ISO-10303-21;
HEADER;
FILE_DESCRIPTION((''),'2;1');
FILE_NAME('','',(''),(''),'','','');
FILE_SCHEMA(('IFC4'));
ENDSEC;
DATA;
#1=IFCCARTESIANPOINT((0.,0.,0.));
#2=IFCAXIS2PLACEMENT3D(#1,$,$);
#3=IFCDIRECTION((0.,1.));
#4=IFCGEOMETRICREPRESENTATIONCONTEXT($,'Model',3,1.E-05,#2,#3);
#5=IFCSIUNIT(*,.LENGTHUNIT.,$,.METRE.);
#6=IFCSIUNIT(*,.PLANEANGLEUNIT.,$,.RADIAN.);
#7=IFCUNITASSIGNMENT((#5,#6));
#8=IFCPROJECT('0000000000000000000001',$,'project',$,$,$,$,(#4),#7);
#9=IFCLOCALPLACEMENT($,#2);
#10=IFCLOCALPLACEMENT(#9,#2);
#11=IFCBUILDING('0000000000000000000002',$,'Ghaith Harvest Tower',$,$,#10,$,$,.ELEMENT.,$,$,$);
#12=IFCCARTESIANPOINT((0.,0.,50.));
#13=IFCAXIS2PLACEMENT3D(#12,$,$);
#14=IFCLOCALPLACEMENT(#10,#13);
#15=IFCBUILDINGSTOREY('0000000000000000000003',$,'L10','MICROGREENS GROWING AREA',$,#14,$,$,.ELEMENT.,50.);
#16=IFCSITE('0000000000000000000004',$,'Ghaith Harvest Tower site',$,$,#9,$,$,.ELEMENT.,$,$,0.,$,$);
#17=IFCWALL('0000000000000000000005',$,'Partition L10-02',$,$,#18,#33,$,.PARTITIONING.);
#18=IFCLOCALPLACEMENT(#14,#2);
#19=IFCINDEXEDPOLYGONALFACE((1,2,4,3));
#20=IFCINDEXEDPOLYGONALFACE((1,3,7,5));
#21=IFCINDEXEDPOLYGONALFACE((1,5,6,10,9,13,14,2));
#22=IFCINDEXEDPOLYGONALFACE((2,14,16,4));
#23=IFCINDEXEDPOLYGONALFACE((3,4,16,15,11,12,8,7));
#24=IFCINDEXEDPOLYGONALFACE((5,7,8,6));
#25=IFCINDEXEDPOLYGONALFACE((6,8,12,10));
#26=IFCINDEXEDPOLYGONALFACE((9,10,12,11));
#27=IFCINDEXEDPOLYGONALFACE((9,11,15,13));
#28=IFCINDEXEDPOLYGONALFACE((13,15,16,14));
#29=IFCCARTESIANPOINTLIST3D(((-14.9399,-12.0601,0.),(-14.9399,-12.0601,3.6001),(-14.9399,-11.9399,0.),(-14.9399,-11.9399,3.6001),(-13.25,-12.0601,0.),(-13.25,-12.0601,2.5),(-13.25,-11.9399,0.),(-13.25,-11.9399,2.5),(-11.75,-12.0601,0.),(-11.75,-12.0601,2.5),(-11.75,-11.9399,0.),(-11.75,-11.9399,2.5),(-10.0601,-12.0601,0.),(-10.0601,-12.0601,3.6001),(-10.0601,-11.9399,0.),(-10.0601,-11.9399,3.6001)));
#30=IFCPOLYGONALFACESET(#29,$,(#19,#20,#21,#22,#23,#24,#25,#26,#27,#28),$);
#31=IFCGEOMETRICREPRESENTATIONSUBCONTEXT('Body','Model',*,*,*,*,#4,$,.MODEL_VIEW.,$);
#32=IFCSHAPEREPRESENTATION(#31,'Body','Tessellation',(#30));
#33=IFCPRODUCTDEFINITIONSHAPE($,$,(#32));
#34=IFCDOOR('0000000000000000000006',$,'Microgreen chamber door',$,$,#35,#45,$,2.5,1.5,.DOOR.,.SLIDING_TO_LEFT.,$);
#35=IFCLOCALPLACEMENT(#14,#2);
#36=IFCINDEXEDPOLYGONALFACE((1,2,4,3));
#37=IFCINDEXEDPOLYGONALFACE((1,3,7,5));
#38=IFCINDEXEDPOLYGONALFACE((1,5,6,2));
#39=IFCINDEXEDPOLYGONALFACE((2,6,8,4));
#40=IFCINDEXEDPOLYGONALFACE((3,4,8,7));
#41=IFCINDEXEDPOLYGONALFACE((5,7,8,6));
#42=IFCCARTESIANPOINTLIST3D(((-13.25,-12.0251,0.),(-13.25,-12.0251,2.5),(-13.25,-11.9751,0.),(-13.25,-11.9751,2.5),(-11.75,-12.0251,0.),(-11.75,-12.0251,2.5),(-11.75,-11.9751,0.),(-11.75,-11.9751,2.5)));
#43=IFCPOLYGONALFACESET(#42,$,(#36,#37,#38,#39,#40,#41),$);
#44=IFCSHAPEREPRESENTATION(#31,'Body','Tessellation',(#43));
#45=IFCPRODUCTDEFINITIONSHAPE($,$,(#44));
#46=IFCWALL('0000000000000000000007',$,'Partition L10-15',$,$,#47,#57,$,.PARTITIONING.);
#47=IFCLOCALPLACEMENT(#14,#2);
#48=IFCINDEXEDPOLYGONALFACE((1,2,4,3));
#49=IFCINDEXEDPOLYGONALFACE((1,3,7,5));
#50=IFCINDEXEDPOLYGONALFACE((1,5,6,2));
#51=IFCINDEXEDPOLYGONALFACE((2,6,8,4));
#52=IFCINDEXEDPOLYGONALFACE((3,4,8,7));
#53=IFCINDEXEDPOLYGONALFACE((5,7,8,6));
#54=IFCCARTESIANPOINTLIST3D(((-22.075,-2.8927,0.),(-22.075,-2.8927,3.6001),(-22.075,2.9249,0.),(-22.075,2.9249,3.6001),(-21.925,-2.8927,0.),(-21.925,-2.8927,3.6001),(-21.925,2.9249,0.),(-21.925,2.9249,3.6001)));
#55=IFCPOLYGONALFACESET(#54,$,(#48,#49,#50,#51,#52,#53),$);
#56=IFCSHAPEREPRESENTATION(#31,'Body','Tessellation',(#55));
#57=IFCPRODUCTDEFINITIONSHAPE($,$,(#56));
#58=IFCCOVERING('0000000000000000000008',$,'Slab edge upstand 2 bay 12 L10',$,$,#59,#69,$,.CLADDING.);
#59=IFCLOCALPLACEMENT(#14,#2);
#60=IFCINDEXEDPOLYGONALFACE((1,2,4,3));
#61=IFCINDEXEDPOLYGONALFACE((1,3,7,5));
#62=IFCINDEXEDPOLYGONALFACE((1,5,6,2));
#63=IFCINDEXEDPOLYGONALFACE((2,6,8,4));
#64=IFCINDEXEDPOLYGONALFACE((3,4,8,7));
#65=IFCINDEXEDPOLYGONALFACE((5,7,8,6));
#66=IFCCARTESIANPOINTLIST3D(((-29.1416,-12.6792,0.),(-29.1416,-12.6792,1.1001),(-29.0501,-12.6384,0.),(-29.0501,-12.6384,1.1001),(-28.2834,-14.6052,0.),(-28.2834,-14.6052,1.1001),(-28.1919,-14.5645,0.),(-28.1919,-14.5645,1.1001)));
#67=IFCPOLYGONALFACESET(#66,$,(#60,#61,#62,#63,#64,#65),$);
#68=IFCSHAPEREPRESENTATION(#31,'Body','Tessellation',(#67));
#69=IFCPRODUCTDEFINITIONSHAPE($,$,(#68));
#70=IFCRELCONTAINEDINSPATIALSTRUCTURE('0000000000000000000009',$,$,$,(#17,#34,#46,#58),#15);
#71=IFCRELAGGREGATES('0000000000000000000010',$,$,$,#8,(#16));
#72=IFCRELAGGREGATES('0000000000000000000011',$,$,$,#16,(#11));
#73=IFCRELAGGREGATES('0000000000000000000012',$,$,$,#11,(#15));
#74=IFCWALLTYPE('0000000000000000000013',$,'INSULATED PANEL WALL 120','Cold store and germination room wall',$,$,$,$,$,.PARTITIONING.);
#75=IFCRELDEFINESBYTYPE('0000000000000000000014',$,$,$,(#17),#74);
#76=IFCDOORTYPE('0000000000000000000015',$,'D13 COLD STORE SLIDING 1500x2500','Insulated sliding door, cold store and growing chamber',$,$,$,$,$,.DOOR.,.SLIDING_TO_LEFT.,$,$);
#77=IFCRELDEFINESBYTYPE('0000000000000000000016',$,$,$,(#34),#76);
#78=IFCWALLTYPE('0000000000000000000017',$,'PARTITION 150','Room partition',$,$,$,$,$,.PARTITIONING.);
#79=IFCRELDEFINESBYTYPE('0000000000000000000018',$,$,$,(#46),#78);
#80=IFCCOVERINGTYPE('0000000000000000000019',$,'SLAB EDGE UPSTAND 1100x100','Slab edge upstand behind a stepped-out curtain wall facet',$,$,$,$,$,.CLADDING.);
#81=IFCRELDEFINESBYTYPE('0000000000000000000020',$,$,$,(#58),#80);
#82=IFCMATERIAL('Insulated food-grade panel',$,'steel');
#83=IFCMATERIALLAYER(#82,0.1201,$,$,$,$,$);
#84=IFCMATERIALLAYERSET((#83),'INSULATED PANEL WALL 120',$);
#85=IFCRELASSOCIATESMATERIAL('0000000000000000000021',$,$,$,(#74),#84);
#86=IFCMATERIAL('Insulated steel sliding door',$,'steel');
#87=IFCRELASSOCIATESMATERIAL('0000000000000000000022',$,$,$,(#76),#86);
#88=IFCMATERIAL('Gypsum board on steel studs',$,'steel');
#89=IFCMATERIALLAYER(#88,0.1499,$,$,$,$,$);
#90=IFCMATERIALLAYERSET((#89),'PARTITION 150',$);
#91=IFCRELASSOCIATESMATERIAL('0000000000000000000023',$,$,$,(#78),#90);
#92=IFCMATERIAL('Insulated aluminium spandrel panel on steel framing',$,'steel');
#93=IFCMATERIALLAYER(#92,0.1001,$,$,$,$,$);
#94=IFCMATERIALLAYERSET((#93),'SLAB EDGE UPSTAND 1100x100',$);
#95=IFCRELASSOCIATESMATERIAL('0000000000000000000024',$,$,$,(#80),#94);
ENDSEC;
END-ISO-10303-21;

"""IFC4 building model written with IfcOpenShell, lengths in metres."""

from ifc_helpers import new_model, si_unit, direction, frame, frame_2d, origin, origin_2d, place, context, subcontext, project, spatial, rectangle, extrude, material, layer, layer_set, type_object, element, fill, save


model = new_model("IFC4")

# Units and contexts
model_context = context("Model", 3, precision=1e-05, world=origin(), true_north=direction((0.0, 1.0)))
body_context = subcontext(model_context, "Body", "Model", "MODEL_VIEW")
ifc_project = project(units=[si_unit("LENGTHUNIT", "METRE"), si_unit("PLANEANGLEUNIT", "RADIAN")], contexts=[model_context])

# Site, building, storey
site_placement = place(None, origin())
site = spatial("IfcSite", under=ifc_project, at=site_placement, Name="Ghaith Harvest Tower site", CompositionType="ELEMENT", RefElevation=0.0)
building_placement = place(site_placement, origin())
building = spatial("IfcBuilding", under=site, at=building_placement, Name="Ghaith Harvest Tower", CompositionType="ELEMENT")
storey_placement = place(building_placement, frame((0.0, 0.0, 50.0)))
storey = spatial("IfcBuildingStorey", under=building, at=storey_placement, Name="L10", Description="MICROGREENS GROWING AREA", CompositionType="ELEMENT", Elevation=50.0)

# Shared definitions
ifc_material_1 = material(Name="Insulated food-grade panel", Category="steel")
ifc_layer_1 = layer(ifc_material_1, 0.1201)
ifc_layer_set_1 = layer_set([ifc_layer_1], Name="INSULATED PANEL WALL 120")
wall_type_1 = type_object("IfcWallType", Name="INSULATED PANEL WALL 120", Description="Cold store and germination room wall", PredefinedType="PARTITIONING", material=ifc_layer_set_1)

# Wall, opening, door
ifc_material_2 = material(Name="Insulated steel sliding door", Category="steel")
door_type_1 = type_object("IfcDoorType", Name="D13 COLD STORE SLIDING 1500x2500", Description="Insulated sliding door, cold store and growing chamber", OperationType="SLIDING_TO_LEFT", PredefinedType="DOOR", material=ifc_material_2)
wall_1_placement = place(storey_placement, frame((-14.9399, -12.0, 0.0), z_axis=(0.0, 0.0, 1.0), x_axis=(1.0, 0.0, 0.0)))
wall_1 = element("IfcWall", 1, at=wall_1_placement, inside=storey, type_object=wall_type_1, Name="Partition L10-02", PredefinedType="PARTITIONING", context=body_context, shape_type="SweptSolid", body=[
    extrude(rectangle(XDim=4.8799, YDim=0.1201, at=frame_2d((2.4399, 0.0))), origin(), (0.0, 0.0, 1.0), 3.6001),
])
opening_1_placement = place(wall_1_placement, frame((1.6899, 0.0, 0.0)))
opening_1 = element("IfcOpeningElement", 2, at=opening_1_placement, cuts=wall_1, PredefinedType="OPENING", context=body_context, shape_type="SweptSolid", body=[
    extrude(rectangle(XDim=1.5, YDim=2.5, at=frame_2d((0.75, 1.25))), frame((0.0, 0.0701, 0.0), z_axis=(0.0, -1.0, 0.0), x_axis=(1.0, 0.0, 0.0)), (0.0, 0.0, 1.0), 0.1401),
])
door_1_placement = place(opening_1_placement, origin())
door_1 = element("IfcDoor", 3, at=door_1_placement, inside=storey, type_object=door_type_1, Name="Microgreen chamber door", OperationType="SLIDING_TO_LEFT", OverallHeight=2.5, OverallWidth=1.5, PredefinedType="DOOR", context=body_context, shape_type="SweptSolid", body=[
    extrude(rectangle(XDim=1.5, YDim=2.5, at=frame_2d((0.75, 1.25))), frame((0.0, 0.0249, 0.0), z_axis=(0.0, -1.0, 0.0), x_axis=(1.0, 0.0, 0.0)), (0.0, 0.0, 1.0), 0.05),
])
fill(opening_1, door_1)
ifc_material_3 = material(Name="Gypsum board on steel studs", Category="steel")
ifc_layer_2 = layer(ifc_material_3, 0.1499)
ifc_layer_set_2 = layer_set([ifc_layer_2], Name="PARTITION 150")
wall_type_2 = type_object("IfcWallType", Name="PARTITION 150", Description="Room partition", PredefinedType="PARTITIONING", material=ifc_layer_set_2)

# Wall
wall_2_placement = place(storey_placement, frame((-22.0, -2.8926, 0.0), z_axis=(0.0, 0.0, 1.0), x_axis=(0.0, 1.0, 0.0)))
element("IfcWall", 4, at=wall_2_placement, inside=storey, type_object=wall_type_2, Name="Partition L10-15", PredefinedType="PARTITIONING", context=body_context, shape_type="SweptSolid", body=[
    extrude(rectangle(XDim=5.8176, YDim=0.1499, at=frame_2d((2.9087, 0.0))), origin(), (0.0, 0.0, 1.0), 3.6001),
])

# Covering
ifc_material_4 = material(Name="Insulated aluminium spandrel panel on steel framing", Category="steel")
ifc_layer_3 = layer(ifc_material_4, 0.1001)
ifc_layer_set_3 = layer_set([ifc_layer_3], Name="SLAB EDGE UPSTAND 1100x100")
covering_type = type_object("IfcCoveringType", Name="SLAB EDGE UPSTAND 1100x100", Description="Slab edge upstand behind a stepped-out curtain wall facet", PredefinedType="CLADDING", material=ifc_layer_set_3)
covering_placement = place(storey_placement, frame((-28.6667, -13.6218, 0.0), z_axis=(0.0, 0.0, 1.0), x_axis=(0.407003, -0.913427, 0.0)))
element("IfcCovering", 5, at=covering_placement, inside=storey, type_object=covering_type, Name="Slab edge upstand 2 bay 12 L10", PredefinedType="CLADDING", context=body_context, shape_type="SweptSolid", body=[
    extrude(rectangle(XDim=2.1086, YDim=0.1001, at=origin_2d()), origin(), (0.0, 0.0, 1.0), 1.1001),
])

save(model, "model.ifc")
